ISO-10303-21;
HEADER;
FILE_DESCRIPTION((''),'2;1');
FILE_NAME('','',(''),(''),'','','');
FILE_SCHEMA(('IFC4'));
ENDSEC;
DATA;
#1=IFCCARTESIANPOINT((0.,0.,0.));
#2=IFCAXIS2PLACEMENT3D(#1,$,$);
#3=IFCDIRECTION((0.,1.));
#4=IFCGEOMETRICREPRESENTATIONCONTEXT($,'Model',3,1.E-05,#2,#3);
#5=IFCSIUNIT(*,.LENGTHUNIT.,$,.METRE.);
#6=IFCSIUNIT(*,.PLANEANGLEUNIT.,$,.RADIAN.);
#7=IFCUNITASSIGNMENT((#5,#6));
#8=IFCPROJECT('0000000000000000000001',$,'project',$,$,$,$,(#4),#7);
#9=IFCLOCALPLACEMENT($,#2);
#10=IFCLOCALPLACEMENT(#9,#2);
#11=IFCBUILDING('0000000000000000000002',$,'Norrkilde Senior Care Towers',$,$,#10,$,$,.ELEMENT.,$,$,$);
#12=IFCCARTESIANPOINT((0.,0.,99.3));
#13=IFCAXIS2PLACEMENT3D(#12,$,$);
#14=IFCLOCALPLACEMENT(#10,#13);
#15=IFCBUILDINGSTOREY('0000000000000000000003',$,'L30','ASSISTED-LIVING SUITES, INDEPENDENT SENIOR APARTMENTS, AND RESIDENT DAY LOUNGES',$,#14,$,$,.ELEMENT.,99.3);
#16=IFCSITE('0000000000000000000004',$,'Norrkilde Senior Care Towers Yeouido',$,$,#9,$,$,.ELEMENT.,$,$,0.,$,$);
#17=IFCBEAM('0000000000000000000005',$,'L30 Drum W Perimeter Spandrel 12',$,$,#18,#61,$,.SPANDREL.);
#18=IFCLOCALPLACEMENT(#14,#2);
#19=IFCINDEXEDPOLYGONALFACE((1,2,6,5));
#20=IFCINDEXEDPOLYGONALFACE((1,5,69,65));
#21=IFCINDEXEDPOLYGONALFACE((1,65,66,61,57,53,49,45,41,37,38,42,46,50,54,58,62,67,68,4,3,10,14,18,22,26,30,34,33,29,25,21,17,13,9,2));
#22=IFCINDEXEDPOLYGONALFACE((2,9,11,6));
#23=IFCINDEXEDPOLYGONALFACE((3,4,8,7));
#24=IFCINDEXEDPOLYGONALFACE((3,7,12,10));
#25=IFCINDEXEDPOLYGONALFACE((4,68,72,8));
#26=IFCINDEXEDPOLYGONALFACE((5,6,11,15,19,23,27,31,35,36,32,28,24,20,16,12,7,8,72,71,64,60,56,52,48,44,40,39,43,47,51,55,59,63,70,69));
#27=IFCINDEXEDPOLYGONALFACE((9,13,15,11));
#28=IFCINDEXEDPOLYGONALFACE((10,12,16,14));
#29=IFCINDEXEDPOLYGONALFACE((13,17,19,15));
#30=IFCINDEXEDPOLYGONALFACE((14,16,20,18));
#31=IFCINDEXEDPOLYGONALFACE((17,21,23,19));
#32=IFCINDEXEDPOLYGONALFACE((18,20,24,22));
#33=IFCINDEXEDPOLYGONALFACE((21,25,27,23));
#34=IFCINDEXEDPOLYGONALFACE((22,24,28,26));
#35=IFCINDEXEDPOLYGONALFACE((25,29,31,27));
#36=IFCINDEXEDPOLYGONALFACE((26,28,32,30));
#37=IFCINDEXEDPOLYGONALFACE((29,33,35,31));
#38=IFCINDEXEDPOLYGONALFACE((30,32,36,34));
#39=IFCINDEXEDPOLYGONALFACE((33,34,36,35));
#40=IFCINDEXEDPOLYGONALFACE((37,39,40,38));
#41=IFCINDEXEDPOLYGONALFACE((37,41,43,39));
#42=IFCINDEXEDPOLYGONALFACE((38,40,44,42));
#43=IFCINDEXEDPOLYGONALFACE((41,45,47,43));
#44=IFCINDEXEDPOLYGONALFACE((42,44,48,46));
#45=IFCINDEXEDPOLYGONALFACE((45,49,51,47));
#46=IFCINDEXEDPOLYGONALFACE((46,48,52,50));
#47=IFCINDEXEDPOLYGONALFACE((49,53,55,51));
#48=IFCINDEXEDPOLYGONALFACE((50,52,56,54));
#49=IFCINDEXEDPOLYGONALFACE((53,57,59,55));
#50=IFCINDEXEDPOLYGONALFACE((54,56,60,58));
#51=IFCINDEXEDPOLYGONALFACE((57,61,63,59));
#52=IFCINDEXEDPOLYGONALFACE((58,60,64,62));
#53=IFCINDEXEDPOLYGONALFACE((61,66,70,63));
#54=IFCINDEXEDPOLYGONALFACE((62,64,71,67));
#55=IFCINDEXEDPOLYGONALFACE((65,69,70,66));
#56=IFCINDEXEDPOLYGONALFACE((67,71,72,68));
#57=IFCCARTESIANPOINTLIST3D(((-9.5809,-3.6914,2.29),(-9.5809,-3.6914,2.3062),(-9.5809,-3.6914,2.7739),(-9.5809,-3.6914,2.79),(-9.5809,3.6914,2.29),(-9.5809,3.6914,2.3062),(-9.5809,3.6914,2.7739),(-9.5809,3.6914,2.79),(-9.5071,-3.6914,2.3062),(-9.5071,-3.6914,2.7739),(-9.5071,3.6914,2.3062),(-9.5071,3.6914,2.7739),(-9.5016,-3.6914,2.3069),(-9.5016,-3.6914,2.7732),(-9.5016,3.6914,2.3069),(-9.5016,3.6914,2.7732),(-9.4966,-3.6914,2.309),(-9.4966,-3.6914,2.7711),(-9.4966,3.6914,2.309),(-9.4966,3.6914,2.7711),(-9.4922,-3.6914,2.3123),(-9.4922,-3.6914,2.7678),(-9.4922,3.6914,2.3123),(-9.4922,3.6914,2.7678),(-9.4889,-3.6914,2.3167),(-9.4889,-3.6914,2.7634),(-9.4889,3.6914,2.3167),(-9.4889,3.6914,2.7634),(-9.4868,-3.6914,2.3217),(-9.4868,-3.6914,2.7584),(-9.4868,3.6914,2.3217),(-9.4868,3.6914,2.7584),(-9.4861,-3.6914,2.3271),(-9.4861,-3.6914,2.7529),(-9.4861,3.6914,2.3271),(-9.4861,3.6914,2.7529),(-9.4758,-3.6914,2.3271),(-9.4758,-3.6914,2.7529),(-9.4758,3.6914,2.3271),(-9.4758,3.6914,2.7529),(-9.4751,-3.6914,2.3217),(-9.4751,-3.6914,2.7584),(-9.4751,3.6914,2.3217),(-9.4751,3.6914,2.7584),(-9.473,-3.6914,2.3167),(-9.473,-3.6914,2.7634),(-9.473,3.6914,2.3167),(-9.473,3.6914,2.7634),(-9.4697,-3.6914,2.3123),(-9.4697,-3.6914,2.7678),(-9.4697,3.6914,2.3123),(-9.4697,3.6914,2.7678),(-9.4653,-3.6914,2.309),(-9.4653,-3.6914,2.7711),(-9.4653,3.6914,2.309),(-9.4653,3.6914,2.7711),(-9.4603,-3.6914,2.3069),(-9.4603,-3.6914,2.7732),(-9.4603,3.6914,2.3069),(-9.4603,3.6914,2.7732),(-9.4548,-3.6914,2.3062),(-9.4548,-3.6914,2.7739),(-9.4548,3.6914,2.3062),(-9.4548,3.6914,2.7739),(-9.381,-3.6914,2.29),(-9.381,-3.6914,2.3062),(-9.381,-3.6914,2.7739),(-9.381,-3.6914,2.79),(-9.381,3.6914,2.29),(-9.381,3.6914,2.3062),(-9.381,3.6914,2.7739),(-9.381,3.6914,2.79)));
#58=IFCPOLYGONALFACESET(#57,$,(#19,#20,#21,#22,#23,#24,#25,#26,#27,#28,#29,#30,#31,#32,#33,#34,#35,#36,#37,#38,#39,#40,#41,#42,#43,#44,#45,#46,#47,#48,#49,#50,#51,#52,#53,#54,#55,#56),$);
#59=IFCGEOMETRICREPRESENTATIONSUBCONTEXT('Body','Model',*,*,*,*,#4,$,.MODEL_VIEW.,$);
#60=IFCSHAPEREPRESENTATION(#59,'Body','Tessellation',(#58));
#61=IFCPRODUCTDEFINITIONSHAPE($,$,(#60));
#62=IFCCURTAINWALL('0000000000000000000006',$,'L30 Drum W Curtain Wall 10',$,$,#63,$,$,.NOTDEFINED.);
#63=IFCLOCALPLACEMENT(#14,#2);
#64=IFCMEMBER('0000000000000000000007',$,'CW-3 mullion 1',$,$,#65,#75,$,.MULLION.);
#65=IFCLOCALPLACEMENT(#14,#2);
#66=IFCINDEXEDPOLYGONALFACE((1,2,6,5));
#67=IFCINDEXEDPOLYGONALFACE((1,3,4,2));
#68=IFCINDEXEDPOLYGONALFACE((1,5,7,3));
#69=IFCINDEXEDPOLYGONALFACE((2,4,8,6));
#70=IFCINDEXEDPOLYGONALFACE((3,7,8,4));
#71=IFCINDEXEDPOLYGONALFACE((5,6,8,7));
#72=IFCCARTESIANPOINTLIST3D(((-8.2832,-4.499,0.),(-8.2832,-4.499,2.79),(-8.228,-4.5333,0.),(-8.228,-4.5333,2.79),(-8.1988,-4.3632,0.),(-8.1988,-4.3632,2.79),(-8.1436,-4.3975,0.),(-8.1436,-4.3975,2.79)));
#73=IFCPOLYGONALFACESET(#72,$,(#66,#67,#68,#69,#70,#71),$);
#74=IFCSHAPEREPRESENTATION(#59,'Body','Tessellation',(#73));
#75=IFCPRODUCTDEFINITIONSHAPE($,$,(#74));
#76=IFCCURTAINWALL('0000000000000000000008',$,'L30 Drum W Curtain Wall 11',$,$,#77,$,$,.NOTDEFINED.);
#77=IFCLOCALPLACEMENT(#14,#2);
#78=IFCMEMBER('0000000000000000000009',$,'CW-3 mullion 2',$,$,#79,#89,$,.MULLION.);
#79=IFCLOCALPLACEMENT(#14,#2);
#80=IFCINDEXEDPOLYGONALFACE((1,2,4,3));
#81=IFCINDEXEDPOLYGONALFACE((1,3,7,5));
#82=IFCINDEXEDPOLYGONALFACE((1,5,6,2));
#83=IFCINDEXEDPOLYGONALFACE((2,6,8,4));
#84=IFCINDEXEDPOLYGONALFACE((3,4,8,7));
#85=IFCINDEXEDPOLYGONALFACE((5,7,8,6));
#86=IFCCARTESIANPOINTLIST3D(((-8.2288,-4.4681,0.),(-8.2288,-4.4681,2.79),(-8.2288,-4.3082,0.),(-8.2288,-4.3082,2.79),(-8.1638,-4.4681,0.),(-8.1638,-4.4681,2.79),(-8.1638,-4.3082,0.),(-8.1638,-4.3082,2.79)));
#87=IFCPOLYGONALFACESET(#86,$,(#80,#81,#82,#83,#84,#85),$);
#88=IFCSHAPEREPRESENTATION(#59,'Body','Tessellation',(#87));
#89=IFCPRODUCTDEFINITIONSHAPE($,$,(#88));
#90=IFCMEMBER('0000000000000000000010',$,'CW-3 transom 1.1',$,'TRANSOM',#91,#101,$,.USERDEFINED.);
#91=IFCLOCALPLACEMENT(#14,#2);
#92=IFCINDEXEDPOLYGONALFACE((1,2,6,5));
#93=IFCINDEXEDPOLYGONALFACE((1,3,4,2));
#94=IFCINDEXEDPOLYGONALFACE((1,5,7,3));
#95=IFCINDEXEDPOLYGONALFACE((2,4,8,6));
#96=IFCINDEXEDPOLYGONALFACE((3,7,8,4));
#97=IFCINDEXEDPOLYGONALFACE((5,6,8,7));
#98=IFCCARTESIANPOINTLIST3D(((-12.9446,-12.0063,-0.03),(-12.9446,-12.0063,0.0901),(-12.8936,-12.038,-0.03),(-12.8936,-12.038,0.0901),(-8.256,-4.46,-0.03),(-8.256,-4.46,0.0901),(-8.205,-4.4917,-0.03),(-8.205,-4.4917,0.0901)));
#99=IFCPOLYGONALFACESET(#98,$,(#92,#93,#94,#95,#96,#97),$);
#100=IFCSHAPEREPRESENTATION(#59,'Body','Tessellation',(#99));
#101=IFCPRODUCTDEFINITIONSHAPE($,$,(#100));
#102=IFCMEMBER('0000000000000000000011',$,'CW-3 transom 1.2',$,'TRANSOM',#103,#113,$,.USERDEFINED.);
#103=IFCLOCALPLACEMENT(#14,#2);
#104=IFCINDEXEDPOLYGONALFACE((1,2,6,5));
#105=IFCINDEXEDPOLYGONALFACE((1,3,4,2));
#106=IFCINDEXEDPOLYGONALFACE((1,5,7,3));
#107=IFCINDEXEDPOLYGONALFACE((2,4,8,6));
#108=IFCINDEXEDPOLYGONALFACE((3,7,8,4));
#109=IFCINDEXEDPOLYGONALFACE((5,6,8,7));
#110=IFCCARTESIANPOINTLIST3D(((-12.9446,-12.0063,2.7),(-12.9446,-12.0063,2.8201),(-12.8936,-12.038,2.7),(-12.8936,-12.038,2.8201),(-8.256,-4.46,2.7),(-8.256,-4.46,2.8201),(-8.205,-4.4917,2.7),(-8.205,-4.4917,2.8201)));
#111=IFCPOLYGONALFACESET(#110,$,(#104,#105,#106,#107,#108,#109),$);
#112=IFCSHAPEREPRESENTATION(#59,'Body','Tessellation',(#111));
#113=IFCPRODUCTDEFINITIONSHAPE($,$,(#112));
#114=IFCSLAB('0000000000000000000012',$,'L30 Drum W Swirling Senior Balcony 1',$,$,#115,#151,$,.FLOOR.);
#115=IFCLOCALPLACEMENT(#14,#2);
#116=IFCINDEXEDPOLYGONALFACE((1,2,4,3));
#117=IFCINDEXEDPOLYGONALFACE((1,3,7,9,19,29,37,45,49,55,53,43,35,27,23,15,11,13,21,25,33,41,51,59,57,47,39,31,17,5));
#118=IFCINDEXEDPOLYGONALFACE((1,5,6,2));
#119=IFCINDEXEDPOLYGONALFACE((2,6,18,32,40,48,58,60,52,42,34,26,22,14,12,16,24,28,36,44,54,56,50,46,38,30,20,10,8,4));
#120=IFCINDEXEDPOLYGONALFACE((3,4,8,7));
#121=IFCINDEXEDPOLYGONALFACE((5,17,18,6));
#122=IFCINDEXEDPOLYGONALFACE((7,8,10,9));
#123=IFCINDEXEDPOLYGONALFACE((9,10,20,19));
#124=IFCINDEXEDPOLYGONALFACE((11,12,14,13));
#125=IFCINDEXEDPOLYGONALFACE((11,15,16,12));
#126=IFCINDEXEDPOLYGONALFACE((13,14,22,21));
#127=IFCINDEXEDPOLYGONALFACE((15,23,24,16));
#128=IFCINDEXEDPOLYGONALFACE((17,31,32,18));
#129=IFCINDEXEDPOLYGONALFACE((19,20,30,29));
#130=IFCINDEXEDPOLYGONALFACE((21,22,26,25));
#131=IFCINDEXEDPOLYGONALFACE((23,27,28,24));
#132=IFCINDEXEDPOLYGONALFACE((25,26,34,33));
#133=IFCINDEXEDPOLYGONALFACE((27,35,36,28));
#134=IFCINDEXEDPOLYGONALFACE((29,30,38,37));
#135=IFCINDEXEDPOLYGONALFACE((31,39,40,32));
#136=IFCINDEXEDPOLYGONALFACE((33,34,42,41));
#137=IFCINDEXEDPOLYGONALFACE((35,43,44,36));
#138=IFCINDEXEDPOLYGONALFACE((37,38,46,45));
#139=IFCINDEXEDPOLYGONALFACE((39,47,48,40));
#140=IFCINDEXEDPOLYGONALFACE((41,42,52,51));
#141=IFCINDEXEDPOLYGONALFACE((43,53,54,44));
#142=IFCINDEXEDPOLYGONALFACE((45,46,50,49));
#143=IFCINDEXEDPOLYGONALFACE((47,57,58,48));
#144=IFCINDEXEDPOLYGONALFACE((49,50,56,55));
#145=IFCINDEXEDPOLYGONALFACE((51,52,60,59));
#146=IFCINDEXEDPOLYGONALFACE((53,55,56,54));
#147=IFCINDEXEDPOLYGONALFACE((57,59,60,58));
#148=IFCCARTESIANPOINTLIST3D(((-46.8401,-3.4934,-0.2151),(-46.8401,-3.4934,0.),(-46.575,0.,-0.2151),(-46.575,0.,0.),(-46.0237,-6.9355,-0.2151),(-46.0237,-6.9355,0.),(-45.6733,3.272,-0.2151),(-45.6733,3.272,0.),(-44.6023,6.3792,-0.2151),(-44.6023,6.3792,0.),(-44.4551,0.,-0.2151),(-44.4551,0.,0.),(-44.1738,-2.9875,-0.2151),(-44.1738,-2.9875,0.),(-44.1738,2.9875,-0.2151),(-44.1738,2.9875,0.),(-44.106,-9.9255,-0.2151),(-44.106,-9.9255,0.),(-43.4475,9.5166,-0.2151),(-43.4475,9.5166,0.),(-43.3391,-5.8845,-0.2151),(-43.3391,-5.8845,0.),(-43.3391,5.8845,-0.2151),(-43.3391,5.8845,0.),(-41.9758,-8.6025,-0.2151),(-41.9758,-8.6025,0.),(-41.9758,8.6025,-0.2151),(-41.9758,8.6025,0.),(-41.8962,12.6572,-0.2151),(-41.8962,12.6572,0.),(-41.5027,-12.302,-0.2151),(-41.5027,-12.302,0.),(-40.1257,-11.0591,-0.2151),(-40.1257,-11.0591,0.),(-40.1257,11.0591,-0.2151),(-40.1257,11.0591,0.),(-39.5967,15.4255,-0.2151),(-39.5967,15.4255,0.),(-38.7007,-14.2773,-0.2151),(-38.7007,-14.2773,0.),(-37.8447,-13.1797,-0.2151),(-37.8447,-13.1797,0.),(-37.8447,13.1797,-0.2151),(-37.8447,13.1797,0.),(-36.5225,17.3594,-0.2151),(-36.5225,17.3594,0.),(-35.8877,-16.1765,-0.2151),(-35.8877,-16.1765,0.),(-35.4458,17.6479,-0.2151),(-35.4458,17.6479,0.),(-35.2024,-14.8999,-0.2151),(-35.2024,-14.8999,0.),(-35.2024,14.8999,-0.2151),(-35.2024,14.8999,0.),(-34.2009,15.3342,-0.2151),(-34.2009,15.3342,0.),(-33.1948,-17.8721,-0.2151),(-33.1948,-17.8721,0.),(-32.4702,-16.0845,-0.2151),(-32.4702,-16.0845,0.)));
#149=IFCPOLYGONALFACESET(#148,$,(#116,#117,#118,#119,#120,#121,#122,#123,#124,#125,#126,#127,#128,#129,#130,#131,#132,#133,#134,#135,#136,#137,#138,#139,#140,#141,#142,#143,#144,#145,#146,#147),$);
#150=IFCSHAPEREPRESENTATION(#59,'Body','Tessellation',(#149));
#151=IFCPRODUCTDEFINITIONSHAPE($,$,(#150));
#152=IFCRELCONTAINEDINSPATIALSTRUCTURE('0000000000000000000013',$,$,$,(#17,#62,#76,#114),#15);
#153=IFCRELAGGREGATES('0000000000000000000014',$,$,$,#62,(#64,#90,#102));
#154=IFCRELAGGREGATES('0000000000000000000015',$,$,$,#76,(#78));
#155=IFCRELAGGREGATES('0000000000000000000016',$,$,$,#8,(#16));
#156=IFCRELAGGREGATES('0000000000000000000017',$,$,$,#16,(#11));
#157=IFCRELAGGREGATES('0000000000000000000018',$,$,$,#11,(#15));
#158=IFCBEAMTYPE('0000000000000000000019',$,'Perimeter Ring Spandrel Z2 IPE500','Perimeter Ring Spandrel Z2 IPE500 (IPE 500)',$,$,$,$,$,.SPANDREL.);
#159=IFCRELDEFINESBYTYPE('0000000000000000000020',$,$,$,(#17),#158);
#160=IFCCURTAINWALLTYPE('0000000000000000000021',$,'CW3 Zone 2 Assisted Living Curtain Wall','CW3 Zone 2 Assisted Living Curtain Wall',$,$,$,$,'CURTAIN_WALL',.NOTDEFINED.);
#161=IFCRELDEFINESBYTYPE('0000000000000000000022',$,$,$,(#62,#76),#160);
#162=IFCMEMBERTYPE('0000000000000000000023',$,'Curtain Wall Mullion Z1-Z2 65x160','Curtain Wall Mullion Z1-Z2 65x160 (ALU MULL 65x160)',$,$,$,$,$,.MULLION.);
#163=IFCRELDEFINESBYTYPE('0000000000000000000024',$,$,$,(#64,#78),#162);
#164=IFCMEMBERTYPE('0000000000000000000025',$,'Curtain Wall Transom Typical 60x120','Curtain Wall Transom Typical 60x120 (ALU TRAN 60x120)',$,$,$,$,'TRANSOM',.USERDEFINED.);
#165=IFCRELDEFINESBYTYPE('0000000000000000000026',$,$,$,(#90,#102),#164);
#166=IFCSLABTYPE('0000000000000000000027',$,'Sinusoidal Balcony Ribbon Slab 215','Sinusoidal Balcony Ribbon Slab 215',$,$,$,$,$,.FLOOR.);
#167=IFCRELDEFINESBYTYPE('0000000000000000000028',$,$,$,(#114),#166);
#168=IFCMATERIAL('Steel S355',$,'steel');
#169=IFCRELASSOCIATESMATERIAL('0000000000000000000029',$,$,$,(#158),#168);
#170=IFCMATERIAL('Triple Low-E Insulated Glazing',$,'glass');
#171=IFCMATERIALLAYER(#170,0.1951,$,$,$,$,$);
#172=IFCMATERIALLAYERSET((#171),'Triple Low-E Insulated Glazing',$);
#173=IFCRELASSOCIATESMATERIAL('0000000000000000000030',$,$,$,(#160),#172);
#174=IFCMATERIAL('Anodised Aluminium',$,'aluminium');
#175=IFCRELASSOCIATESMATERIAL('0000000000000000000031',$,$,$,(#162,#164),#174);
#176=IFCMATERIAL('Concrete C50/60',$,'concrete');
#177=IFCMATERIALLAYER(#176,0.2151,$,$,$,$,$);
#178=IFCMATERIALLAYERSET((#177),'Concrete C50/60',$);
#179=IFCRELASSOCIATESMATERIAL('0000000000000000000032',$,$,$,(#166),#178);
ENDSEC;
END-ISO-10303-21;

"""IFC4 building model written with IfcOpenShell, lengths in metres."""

from ifc_helpers import new_model, si_unit, direction, frame, origin, origin_2d, place, context, subcontext, project, spatial, polyline, rectangle, i_section, outline, extrude, source, transform, mapped, material, layer, layer_set, material_profile, profile_set, type_object, type_shapes, element, aggregate, save


model = new_model("IFC4")

# Units and contexts
model_context = context("Model", 3, precision=1e-05, world=origin(), true_north=direction((0.0, 1.0)))
body_context = subcontext(model_context, "Body", "Model", "MODEL_VIEW")
ifc_project = project(units=[si_unit("LENGTHUNIT", "METRE"), si_unit("PLANEANGLEUNIT", "RADIAN")], contexts=[model_context])

# Site, building, storey
site_placement = place(None, origin())
site = spatial("IfcSite", under=ifc_project, at=site_placement, Name="Norrkilde Senior Care Towers Yeouido", CompositionType="ELEMENT", RefElevation=0.0)
building_placement = place(site_placement, origin())
building = spatial("IfcBuilding", under=site, at=building_placement, Name="Norrkilde Senior Care Towers", CompositionType="ELEMENT")
storey_placement = place(building_placement, frame((0.0, 0.0, 99.3)))
storey = spatial("IfcBuildingStorey", under=building, at=storey_placement, Name="L30", Description="ASSISTED-LIVING SUITES, INDEPENDENT SENIOR APARTMENTS, AND RESIDENT DAY LOUNGES", CompositionType="ELEMENT", Elevation=99.3)

# Beam
ifc_material_1 = material(Name="Steel S355", Category="steel")
ifc_material_profile_1 = material_profile(ifc_material_1, i_section(OverallWidth=0.2, OverallDepth=0.5, WebThickness=0.0103, FlangeThickness=0.0161, FilletRadius=0.021, at=origin_2d()), Name="IPE 500")
ifc_profile_set_1 = profile_set([ifc_material_profile_1], Name="Steel S355")
beam_type = type_object("IfcBeamType", Name="Perimeter Ring Spandrel Z2 IPE500", Description="Perimeter Ring Spandrel Z2 IPE500 (IPE 500)", PredefinedType="SPANDREL", material=ifc_profile_set_1)
shared_shape_1 = source(origin(), body_context, "Body", "SweptSolid", [
    extrude(i_section(OverallWidth=0.2, OverallDepth=0.5, WebThickness=0.0103, FlangeThickness=0.0161, FilletRadius=0.021, at=origin_2d()), origin(), (0.0, 0.0, 1.0), 7.3828),
])
type_shapes(beam_type, [shared_shape_1])
beam_placement = place(storey_placement, frame((-9.481, -3.6914, 2.54), z_axis=(0.0, 1.0, 0.0), x_axis=(-1.0, 0.0, 0.0)))
element("IfcBeam", 1, at=beam_placement, inside=storey, type_object=beam_type, Name="L30 Drum W Perimeter Spandrel 12", PredefinedType="SPANDREL", context=body_context, shape_type="MappedRepresentation", body=[
    mapped(shared_shape_1, transform((0.0, 0.0, 0.0), x_axis=(1.0, 0.0, 0.0), y_axis=(0.0, 1.0, 0.0), z_axis=(0.0, 0.0, 1.0), scale=1.0)),
])

# Curtain walls, members
ifc_material_2 = material(Name="Triple Low-E Insulated Glazing", Category="glass")
ifc_layer_1 = layer(ifc_material_2, 0.1951)
ifc_layer_set_1 = layer_set([ifc_layer_1], Name="Triple Low-E Insulated Glazing")
curtain_wall_type = type_object("IfcCurtainWallType", Name="CW3 Zone 2 Assisted Living Curtain Wall", Description="CW3 Zone 2 Assisted Living Curtain Wall", ElementType="CURTAIN_WALL", PredefinedType="NOTDEFINED", material=ifc_layer_set_1)
curtain_wall_1_placement = place(storey_placement, origin())
curtain_wall_1 = element("IfcCurtainWall", 2, at=curtain_wall_1_placement, inside=storey, type_object=curtain_wall_type, Name="L30 Drum W Curtain Wall 10", PredefinedType="NOTDEFINED")
ifc_material_3 = material(Name="Anodised Aluminium", Category="aluminium")
ifc_material_profile_2 = material_profile(ifc_material_3, rectangle(XDim=0.0649, YDim=0.1599, at=origin_2d()), Name="ALU MULL 65x160")
ifc_profile_set_2 = profile_set([ifc_material_profile_2], Name="Anodised Aluminium")
member_type_1 = type_object("IfcMemberType", Name="Curtain Wall Mullion Z1-Z2 65x160", Description="Curtain Wall Mullion Z1-Z2 65x160 (ALU MULL 65x160)", PredefinedType="MULLION", material=ifc_profile_set_2)
shared_shape_2 = source(origin(), body_context, "Body", "SweptSolid", [
    extrude(rectangle(XDim=0.0649, YDim=0.1599, at=origin_2d()), origin(), (0.0, 0.0, 1.0), 2.79),
])
type_shapes(member_type_1, [shared_shape_2])
member_1_placement = place(storey_placement, frame((-8.2134, -4.4482, 0.0), z_axis=(0.0, 0.0, 1.0), x_axis=(0.84941, -0.527733, 0.0)))
member_1 = element("IfcMember", 3, at=member_1_placement, type_object=member_type_1, Name="CW-3 mullion 1", PredefinedType="MULLION", context=body_context, shape_type="MappedRepresentation", body=[
    mapped(shared_shape_2, transform((0.0, 0.0, 0.0), x_axis=(1.0, 0.0, 0.0), y_axis=(0.0, 1.0, 0.0), z_axis=(0.0, 0.0, 1.0), scale=1.0)),
])
curtain_wall_2_placement = place(storey_placement, origin())
curtain_wall_2 = element("IfcCurtainWall", 4, at=curtain_wall_2_placement, inside=storey, type_object=curtain_wall_type, Name="L30 Drum W Curtain Wall 11", PredefinedType="NOTDEFINED")
member_2_placement = place(storey_placement, frame((-8.1963, -4.3882, 0.0), z_axis=(0.0, 0.0, 1.0), x_axis=(1.0, 0.0, 0.0)))
member_2 = element("IfcMember", 5, at=member_2_placement, type_object=member_type_1, Name="CW-3 mullion 2", PredefinedType="MULLION", context=body_context, shape_type="MappedRepresentation", body=[
    mapped(shared_shape_2, transform((0.0, 0.0, 0.0), x_axis=(1.0, 0.0, 0.0), y_axis=(0.0, 1.0, 0.0), z_axis=(0.0, 0.0, 1.0), scale=1.0)),
])

# Members
ifc_material_profile_3 = material_profile(ifc_material_3, rectangle(XDim=0.0601, YDim=0.1201, at=origin_2d()), Name="ALU TRAN 60x120")
ifc_profile_set_3 = profile_set([ifc_material_profile_3], Name="Anodised Aluminium")
member_type_2 = type_object("IfcMemberType", Name="Curtain Wall Transom Typical 60x120", Description="Curtain Wall Transom Typical 60x120 (ALU TRAN 60x120)", ElementType="TRANSOM", PredefinedType="USERDEFINED", material=ifc_profile_set_3)
shared_shape_3 = source(origin(), body_context, "Body", "SweptSolid", [
    extrude(rectangle(XDim=0.0601, YDim=0.1201, at=origin_2d()), origin(), (0.0, 0.0, 1.0), 8.8843),
])
type_shapes(member_type_2, [shared_shape_3])
member_3_placement = place(storey_placement, frame((-8.2305, -4.4758, 0.03), z_axis=(-0.527749, -0.8494, 0.0), x_axis=(0.8494, -0.527749, 0.0)))
member_3 = element("IfcMember", 6, at=member_3_placement, type_object=member_type_2, Name="CW-3 transom 1.1", ObjectType="TRANSOM", PredefinedType="USERDEFINED", context=body_context, shape_type="MappedRepresentation", body=[
    mapped(shared_shape_3, transform((0.0, 0.0, 0.0), x_axis=(1.0, 0.0, 0.0), y_axis=(0.0, 1.0, 0.0), z_axis=(0.0, 0.0, 1.0), scale=1.0)),
])
member_4_placement = place(storey_placement, frame((-8.2305, -4.4758, 2.76), z_axis=(-0.527749, -0.8494, 0.0), x_axis=(0.8494, -0.527749, 0.0)))
member_4 = element("IfcMember", 7, at=member_4_placement, type_object=member_type_2, Name="CW-3 transom 1.2", ObjectType="TRANSOM", PredefinedType="USERDEFINED", context=body_context, shape_type="MappedRepresentation", body=[
    mapped(shared_shape_3, transform((0.0, 0.0, 0.0), x_axis=(1.0, 0.0, 0.0), y_axis=(0.0, 1.0, 0.0), z_axis=(0.0, 0.0, 1.0), scale=1.0)),
])
aggregate(curtain_wall_1, [member_1, member_3, member_4])

# Slab
ifc_material_4 = material(Name="Concrete C50/60", Category="concrete")
ifc_layer_2 = layer(ifc_material_4, 0.2151)
ifc_layer_set_2 = layer_set([ifc_layer_2], Name="Concrete C50/60")
slab_type_1 = type_object("IfcSlabType", Name="Sinusoidal Balcony Ribbon Slab 215", Description="Sinusoidal Balcony Ribbon Slab 215", PredefinedType="FLOOR", material=ifc_layer_set_2)
slab_1_placement = place(storey_placement, frame((0.0, 0.0, -0.2151)))
element("IfcSlab", 8, at=slab_1_placement, inside=storey, type_object=slab_type_1, Name="L30 Drum W Swirling Senior Balcony 1", PredefinedType="FLOOR", context=body_context, shape_type="SweptSolid", body=[
    extrude(outline(polyline([(-38.7007, -14.2773), (-41.5027, -12.302), (-44.106, -9.9255), (-46.0237, -6.9355), (-46.8401, -3.4934), (-46.575, 0.0), (-45.6733, 3.272), (-44.6023, 6.3792), (-43.4475, 9.5166), (-41.8962, 12.6572), (-39.5967, 15.4255), (-36.5225, 17.3594), (-35.4458, 17.6479), (-34.2009, 15.3342), (-35.2024, 14.8999), (-37.8447, 13.1797), (-40.1257, 11.0591), (-41.9758, 8.6025), (-43.3391, 5.8845), (-44.1738, 2.9875), (-44.4551, 0.0), (-44.1738, -2.9875), (-43.3391, -5.8845), (-41.9758, -8.6025), (-40.1257, -11.0591), (-37.8447, -13.1797), (-35.2024, -14.8999), (-32.4702, -16.0845), (-33.1948, -17.8721), (-35.8877, -16.1765), (-38.7007, -14.2773)])), origin(), (0.0, 0.0, 1.0), 0.2151),
])

aggregate(curtain_wall_2, [member_2])

save(model, "model.ifc")
